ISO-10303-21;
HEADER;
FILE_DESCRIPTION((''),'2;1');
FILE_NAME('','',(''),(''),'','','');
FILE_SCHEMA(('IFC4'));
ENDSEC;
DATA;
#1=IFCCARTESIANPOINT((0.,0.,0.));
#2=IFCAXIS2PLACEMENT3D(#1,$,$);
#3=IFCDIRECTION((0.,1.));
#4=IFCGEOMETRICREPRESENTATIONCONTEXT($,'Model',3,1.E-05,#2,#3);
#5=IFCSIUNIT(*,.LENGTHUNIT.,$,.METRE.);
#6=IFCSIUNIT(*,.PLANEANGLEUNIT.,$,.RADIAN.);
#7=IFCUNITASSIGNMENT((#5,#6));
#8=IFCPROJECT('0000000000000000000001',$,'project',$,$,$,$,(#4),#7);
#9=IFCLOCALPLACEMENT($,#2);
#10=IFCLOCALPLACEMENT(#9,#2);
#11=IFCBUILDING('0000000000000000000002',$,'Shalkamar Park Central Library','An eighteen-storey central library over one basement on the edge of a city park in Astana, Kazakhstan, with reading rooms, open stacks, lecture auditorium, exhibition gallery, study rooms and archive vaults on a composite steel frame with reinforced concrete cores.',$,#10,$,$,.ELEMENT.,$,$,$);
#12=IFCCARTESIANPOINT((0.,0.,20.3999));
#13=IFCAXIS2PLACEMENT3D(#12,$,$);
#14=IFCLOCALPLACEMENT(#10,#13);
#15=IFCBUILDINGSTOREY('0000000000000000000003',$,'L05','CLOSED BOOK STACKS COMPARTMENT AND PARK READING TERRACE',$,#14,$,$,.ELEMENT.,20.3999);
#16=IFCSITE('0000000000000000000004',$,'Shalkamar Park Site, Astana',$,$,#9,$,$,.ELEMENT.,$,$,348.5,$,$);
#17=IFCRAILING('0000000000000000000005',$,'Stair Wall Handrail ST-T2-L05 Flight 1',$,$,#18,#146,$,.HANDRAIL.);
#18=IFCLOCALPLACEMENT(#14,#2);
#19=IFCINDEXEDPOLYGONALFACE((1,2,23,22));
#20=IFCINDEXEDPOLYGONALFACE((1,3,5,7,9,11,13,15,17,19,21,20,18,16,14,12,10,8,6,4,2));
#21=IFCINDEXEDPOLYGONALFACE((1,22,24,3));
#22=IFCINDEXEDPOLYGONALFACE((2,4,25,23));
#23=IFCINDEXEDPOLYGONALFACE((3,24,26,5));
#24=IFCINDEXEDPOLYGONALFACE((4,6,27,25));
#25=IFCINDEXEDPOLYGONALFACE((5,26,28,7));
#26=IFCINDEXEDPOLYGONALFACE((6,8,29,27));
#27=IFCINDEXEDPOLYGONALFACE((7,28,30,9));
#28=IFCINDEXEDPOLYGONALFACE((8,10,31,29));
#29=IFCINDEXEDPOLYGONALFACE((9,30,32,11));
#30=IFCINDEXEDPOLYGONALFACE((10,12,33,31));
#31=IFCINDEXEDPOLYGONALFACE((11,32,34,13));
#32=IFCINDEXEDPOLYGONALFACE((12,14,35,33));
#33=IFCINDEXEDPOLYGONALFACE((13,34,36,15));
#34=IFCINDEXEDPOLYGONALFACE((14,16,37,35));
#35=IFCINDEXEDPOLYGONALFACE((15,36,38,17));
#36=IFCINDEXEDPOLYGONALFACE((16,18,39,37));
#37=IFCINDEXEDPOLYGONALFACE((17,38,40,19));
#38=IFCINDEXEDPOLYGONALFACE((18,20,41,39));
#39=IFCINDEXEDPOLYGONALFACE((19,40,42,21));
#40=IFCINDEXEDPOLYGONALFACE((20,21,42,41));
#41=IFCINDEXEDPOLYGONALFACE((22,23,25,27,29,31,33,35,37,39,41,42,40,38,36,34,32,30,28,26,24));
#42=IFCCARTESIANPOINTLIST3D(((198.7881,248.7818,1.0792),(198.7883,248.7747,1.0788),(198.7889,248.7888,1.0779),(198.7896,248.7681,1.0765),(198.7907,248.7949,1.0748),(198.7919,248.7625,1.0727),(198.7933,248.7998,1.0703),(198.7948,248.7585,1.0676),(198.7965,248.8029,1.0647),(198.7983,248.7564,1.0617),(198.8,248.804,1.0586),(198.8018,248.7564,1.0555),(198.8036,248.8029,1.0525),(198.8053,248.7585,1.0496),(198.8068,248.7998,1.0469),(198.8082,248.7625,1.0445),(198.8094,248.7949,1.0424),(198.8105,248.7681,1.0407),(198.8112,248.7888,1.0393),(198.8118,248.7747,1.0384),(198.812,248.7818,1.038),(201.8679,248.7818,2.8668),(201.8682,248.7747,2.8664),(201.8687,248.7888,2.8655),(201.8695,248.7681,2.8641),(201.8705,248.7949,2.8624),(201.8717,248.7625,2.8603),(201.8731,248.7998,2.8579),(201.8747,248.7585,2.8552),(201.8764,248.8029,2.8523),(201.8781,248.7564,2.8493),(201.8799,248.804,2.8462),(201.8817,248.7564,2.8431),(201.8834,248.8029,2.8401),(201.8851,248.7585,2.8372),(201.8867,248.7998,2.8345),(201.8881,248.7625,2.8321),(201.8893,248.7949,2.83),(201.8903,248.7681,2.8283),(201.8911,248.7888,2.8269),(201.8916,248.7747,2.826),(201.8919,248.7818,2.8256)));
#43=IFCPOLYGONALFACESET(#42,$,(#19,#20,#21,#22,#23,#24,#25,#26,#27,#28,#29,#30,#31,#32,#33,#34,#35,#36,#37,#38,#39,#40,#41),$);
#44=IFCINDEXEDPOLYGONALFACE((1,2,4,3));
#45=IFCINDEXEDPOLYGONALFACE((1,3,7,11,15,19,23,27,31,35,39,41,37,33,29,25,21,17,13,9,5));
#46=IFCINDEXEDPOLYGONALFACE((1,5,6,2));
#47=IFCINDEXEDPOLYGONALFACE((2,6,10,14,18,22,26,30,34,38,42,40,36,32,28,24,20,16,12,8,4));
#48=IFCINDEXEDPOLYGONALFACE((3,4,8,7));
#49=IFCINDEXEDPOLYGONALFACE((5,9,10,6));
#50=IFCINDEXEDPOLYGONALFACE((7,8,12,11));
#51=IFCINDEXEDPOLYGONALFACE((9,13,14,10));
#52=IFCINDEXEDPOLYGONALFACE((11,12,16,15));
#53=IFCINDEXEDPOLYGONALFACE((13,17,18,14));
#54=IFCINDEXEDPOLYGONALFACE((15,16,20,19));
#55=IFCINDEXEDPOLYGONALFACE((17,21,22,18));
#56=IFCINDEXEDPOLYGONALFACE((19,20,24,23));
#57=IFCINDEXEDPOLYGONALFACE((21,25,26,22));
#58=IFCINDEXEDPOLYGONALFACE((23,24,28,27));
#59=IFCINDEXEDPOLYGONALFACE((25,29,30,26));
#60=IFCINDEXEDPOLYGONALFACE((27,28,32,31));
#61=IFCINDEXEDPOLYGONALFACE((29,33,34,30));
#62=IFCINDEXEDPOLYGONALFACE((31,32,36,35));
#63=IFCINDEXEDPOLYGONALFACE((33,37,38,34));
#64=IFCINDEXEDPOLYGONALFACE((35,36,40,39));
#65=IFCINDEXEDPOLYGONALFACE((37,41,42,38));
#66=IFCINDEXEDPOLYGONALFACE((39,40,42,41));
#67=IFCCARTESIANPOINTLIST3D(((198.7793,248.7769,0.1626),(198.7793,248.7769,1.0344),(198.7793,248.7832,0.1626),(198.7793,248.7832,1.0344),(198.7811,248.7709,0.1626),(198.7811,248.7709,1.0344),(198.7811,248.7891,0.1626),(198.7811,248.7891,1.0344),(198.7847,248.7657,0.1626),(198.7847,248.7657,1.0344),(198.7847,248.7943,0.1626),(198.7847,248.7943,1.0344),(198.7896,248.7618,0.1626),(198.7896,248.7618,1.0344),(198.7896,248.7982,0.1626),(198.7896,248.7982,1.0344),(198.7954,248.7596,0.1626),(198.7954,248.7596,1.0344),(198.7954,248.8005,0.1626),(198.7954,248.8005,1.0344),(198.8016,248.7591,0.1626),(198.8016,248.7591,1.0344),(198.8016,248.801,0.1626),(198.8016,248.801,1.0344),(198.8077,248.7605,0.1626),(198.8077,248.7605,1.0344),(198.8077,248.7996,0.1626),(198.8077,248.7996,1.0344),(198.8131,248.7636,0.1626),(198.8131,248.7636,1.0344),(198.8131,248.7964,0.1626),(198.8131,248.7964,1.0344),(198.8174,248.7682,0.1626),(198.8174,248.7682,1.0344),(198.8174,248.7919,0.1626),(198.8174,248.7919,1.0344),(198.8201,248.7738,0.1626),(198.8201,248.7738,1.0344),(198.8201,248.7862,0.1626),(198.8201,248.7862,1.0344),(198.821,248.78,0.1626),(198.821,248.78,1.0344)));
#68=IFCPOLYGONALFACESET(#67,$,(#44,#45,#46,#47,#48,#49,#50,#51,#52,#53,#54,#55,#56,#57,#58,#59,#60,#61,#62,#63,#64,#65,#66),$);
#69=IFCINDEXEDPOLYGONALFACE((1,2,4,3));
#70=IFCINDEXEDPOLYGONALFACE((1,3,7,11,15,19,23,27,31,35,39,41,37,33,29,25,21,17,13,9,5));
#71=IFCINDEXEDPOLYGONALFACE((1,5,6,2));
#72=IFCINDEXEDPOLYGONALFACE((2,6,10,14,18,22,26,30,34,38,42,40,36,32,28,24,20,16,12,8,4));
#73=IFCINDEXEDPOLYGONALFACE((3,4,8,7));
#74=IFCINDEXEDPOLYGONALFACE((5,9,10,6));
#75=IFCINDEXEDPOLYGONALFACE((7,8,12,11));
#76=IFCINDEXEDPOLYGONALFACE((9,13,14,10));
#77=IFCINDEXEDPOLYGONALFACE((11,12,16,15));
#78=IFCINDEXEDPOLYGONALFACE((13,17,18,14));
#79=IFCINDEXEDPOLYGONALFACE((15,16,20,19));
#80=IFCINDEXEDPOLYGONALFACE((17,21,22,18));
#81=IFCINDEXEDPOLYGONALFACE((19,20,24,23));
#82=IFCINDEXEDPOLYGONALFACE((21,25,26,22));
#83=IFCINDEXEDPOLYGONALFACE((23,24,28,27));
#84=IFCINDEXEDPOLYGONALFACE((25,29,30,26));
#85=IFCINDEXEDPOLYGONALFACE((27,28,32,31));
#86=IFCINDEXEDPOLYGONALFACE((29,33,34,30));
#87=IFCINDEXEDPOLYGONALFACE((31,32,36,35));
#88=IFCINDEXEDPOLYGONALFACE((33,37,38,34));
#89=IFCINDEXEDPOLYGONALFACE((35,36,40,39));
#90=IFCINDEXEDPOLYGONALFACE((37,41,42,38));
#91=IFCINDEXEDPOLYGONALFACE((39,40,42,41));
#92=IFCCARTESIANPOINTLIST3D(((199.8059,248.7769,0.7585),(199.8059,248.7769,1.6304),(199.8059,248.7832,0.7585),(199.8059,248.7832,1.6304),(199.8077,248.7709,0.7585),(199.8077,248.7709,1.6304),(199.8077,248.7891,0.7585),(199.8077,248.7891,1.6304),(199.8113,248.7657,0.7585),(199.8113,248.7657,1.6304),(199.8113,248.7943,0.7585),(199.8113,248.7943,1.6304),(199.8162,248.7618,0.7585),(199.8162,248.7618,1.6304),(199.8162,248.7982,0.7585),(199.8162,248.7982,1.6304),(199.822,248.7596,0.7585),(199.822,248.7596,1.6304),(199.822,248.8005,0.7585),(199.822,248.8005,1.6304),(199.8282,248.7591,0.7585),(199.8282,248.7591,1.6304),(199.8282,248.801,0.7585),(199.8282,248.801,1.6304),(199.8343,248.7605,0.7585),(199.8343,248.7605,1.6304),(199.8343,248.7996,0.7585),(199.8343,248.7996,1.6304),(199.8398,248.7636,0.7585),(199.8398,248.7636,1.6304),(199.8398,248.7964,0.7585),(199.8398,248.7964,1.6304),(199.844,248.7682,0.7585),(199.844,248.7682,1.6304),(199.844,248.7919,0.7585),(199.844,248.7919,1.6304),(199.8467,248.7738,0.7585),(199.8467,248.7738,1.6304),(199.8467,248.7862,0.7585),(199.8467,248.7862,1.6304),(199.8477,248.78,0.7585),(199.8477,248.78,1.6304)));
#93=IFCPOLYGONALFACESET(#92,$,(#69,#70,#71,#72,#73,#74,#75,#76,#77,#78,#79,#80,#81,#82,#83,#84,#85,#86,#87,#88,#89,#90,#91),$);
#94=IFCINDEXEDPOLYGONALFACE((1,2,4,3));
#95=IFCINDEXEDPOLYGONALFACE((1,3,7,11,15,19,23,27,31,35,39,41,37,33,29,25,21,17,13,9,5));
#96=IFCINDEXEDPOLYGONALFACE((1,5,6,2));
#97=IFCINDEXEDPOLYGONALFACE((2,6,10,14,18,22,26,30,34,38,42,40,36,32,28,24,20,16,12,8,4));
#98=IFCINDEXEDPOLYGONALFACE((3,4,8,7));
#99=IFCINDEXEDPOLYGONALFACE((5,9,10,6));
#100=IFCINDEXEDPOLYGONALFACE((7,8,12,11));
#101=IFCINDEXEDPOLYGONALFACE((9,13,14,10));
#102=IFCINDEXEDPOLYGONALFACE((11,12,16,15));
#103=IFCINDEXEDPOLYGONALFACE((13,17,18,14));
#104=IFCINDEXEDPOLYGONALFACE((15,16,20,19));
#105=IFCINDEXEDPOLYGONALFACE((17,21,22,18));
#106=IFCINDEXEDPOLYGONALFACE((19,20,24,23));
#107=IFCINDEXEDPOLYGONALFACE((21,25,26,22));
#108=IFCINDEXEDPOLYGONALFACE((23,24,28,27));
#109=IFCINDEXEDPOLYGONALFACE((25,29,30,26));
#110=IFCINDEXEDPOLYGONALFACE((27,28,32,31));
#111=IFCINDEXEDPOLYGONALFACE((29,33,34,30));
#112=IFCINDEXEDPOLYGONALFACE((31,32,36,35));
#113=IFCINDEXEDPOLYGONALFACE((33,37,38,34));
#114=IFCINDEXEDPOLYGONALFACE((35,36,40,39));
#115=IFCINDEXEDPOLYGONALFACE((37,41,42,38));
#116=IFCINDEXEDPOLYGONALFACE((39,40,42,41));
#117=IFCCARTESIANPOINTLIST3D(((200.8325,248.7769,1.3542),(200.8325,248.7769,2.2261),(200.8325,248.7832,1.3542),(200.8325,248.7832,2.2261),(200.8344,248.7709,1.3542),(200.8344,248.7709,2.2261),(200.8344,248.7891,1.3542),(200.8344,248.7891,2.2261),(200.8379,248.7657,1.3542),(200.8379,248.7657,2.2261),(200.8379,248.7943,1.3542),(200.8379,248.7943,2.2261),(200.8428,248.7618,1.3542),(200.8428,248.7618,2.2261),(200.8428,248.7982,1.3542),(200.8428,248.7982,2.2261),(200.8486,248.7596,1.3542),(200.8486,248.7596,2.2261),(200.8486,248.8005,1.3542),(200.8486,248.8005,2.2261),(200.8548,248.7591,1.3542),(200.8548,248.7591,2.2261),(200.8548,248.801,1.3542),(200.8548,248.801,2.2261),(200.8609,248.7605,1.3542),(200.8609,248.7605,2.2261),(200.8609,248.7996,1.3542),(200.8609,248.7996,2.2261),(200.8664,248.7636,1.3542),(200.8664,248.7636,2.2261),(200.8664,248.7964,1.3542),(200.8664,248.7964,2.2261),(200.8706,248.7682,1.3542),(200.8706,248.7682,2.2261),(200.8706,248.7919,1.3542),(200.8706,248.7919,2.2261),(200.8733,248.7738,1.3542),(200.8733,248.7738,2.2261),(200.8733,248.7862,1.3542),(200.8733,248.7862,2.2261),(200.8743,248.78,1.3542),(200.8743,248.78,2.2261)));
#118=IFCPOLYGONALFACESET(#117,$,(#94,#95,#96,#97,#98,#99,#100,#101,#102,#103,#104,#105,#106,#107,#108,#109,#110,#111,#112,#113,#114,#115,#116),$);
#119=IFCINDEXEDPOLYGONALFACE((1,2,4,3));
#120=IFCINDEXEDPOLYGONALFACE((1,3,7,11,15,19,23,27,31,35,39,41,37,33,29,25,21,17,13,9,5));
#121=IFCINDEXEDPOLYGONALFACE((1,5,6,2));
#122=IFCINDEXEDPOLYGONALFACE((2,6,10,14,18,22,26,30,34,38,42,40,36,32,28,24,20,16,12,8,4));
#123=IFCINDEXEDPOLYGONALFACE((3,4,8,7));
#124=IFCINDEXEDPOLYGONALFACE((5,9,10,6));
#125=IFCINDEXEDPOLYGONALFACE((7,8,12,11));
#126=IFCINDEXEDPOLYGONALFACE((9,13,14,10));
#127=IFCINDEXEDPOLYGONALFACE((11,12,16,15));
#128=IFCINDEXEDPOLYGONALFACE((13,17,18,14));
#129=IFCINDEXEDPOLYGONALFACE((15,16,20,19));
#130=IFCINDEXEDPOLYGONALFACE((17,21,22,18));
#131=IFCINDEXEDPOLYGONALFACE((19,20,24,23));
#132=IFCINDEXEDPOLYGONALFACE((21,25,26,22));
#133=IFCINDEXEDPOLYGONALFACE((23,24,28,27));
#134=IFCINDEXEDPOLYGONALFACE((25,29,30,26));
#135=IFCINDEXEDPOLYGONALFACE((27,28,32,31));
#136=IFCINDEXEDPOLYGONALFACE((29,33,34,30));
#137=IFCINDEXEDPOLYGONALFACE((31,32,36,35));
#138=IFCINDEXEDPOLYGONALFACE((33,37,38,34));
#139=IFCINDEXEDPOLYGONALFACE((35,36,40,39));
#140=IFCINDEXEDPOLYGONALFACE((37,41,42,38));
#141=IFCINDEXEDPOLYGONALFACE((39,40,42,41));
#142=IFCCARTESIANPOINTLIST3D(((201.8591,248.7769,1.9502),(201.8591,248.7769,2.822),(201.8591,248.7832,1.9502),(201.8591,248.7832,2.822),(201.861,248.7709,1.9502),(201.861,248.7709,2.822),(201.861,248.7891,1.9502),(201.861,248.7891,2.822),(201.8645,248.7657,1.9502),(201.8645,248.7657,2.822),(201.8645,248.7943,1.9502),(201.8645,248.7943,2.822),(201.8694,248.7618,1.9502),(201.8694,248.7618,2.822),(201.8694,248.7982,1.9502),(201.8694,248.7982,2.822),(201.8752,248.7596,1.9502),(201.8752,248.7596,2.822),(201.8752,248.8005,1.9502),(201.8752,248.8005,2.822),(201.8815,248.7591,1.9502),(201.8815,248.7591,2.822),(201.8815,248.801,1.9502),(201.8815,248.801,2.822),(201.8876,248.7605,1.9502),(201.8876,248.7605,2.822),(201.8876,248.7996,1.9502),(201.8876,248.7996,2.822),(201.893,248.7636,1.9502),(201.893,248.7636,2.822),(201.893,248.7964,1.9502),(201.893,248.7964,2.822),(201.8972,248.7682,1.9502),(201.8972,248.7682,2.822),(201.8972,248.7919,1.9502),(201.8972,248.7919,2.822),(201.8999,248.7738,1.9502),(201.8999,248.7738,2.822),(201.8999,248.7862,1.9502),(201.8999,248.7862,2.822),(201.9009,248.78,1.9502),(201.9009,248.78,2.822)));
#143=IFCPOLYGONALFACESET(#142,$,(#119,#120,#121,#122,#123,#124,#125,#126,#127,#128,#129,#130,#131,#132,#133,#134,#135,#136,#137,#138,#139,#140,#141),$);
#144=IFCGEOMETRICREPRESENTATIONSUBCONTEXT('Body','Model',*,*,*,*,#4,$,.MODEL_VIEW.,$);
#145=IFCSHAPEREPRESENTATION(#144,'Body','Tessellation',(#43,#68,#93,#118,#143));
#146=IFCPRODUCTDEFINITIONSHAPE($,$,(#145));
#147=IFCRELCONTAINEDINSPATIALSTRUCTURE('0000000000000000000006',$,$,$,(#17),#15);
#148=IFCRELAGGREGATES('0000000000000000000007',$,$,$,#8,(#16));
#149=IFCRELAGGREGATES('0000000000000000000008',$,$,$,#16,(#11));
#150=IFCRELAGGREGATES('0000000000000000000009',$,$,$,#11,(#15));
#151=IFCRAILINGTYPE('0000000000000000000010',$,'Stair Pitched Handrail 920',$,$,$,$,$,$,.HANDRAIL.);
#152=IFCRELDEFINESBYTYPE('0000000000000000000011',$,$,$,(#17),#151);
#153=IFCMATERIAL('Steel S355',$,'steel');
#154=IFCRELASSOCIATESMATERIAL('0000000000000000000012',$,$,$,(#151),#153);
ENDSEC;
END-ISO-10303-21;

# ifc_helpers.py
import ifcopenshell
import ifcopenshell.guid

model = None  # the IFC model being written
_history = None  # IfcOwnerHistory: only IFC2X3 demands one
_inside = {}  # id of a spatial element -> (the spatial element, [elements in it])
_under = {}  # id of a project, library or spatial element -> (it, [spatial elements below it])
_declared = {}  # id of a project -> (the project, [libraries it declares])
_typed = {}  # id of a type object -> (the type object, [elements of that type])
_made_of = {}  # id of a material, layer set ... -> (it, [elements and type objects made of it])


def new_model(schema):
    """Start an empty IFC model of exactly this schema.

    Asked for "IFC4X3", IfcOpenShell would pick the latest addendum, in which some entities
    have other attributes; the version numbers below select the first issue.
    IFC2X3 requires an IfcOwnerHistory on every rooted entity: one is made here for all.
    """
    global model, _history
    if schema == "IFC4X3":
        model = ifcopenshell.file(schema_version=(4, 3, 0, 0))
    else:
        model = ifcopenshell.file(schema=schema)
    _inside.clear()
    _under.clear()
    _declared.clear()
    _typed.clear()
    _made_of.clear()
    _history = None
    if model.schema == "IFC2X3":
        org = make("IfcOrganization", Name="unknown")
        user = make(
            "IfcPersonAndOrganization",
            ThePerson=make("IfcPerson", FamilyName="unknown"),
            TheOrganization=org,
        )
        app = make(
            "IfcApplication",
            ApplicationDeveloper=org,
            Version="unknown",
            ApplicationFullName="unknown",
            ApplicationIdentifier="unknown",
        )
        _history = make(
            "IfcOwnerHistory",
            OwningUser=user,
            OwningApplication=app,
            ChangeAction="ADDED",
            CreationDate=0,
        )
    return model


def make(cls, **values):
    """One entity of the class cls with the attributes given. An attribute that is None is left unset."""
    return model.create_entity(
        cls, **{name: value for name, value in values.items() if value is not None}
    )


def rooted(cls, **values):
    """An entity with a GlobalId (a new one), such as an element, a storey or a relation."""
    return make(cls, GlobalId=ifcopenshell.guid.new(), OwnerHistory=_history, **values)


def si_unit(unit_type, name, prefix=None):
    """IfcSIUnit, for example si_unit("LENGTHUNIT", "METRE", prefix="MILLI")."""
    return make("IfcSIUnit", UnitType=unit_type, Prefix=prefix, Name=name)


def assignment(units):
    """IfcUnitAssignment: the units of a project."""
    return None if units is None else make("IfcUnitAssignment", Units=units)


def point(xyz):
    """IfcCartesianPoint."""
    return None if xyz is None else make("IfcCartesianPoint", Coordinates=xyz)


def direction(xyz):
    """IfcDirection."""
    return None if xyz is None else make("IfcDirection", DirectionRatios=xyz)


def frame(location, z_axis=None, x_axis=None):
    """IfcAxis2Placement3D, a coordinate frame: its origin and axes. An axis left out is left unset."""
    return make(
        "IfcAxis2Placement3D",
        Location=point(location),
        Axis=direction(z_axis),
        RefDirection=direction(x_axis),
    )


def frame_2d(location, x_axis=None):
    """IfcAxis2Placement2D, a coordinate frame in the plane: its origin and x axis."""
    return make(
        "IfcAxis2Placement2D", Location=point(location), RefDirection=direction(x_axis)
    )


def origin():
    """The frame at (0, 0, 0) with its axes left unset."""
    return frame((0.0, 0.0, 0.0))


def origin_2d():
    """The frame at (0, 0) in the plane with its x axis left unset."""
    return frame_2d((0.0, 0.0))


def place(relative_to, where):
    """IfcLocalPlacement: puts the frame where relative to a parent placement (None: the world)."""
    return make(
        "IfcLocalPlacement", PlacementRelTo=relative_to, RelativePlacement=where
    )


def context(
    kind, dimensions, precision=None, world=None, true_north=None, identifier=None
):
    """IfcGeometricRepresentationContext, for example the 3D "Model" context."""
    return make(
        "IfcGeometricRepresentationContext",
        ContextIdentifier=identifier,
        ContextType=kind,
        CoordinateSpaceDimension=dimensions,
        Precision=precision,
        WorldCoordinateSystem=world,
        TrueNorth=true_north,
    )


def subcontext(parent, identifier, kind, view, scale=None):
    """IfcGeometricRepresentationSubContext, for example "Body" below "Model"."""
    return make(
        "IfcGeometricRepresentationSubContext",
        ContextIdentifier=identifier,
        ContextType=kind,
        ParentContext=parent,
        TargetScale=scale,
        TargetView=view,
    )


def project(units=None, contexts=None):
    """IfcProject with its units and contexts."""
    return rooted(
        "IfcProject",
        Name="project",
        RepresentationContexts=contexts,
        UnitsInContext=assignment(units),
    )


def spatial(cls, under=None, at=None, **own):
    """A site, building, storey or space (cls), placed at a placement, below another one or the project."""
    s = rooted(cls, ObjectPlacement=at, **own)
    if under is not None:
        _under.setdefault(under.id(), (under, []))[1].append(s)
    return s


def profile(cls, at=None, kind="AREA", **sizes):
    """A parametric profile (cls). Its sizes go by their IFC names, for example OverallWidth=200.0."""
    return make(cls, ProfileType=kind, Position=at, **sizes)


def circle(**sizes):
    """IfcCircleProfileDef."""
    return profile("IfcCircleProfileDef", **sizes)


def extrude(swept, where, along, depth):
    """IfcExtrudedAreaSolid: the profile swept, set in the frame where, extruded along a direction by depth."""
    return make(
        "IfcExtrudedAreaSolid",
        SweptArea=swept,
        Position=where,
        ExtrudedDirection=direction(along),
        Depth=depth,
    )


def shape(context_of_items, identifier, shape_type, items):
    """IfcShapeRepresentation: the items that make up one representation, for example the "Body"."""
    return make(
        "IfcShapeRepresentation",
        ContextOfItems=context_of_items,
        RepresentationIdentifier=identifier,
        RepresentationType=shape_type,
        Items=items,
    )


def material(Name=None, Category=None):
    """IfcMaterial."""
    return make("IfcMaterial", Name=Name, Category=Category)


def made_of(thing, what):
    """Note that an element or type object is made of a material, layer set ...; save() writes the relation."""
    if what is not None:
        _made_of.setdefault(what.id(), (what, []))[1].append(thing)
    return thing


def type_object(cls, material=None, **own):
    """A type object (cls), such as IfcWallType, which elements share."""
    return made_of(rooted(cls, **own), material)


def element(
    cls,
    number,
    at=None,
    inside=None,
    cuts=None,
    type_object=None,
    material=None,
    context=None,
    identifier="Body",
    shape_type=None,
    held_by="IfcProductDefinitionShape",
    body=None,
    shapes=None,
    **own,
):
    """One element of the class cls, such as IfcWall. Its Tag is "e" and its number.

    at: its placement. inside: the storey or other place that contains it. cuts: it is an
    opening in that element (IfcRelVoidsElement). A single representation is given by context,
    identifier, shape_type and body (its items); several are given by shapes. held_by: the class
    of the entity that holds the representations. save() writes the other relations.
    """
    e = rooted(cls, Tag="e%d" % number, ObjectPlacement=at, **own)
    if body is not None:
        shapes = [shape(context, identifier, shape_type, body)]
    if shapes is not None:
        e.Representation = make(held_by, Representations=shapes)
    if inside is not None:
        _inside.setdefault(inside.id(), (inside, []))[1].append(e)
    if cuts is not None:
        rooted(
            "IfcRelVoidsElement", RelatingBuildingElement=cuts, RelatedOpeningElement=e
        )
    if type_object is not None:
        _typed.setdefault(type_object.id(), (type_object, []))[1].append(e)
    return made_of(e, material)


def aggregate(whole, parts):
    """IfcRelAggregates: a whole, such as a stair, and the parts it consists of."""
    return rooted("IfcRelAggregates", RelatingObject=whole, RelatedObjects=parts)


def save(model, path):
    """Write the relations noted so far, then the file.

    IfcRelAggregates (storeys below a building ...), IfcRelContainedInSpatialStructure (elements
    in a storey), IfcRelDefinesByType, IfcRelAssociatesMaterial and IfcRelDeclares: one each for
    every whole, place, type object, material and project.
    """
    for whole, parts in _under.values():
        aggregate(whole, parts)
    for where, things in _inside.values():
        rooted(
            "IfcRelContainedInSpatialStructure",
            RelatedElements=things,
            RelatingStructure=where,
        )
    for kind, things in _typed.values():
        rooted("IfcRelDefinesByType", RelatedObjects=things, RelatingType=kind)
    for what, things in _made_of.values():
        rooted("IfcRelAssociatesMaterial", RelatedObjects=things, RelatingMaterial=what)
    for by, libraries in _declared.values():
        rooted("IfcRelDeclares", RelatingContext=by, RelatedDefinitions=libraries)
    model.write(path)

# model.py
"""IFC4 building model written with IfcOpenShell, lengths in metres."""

from ifc_helpers import new_model, si_unit, direction, frame, origin, origin_2d, place, context, subcontext, project, spatial, circle, extrude, material, type_object, element, save


model = new_model("IFC4")

# Units and contexts
model_context = context("Model", 3, precision=1e-05, world=origin(), true_north=direction((0.0, 1.0)))
body_context = subcontext(model_context, "Body", "Model", "MODEL_VIEW")
ifc_project = project(units=[si_unit("LENGTHUNIT", "METRE"), si_unit("PLANEANGLEUNIT", "RADIAN")], contexts=[model_context])

# Site, building, storey
site_placement = place(None, origin())
site = spatial("IfcSite", under=ifc_project, at=site_placement, Name="Shalkamar Park Site, Astana", CompositionType="ELEMENT", RefElevation=348.5)
building_placement = place(site_placement, origin())
building = spatial("IfcBuilding", under=site, at=building_placement, Name="Shalkamar Park Central Library", Description="An eighteen-storey central library over one basement on the edge of a city park in Astana, Kazakhstan, with reading rooms, open stacks, lecture auditorium, exhibition gallery, study rooms and archive vaults on a composite steel frame with reinforced concrete cores.", CompositionType="ELEMENT")
storey_placement = place(building_placement, frame((0.0, 0.0, 20.3999)))
storey = spatial("IfcBuildingStorey", under=building, at=storey_placement, Name="L05", Description="CLOSED BOOK STACKS COMPARTMENT AND PARK READING TERRACE", CompositionType="ELEMENT", Elevation=20.3999)

# Shared definitions
ifc_material_1 = material(Name="Steel S355", Category="steel")

# Railing
railing_type_1 = type_object("IfcRailingType", Name="Stair Pitched Handrail 920", PredefinedType="HANDRAIL", material=ifc_material_1)
railing_1_placement = place(storey_placement, frame((198.8, 248.78, 0.1626)))
element("IfcRailing", 1, at=railing_1_placement, inside=storey, type_object=railing_type_1, Name="Stair Wall Handrail ST-T2-L05 Flight 1", PredefinedType="HANDRAIL", context=body_context, shape_type="SweptSolid", body=[
    extrude(circle(Radius=0.0239, at=origin_2d()), frame((0.0, 0.0, 0.896), z_axis=(0.864873, 0.0, 0.50199), x_axis=(0.0, 1.0, 0.0)), (0.0, 0.0, 1.0), 3.561),
    extrude(circle(Radius=0.021, at=origin_2d()), origin(), (0.0, 0.0, 1.0), 0.8718),
    extrude(circle(Radius=0.021, at=origin_2d()), frame((1.0266, 0.0, 0.5959)), (0.0, 0.0, 1.0), 0.8718),
    extrude(circle(Radius=0.021, at=origin_2d()), frame((2.0532, 0.0, 1.1917)), (0.0, 0.0, 1.0), 0.8718),
    extrude(circle(Radius=0.021, at=origin_2d()), frame((3.0798, 0.0, 1.7876)), (0.0, 0.0, 1.0), 0.8718),
])

save(model, "model.ifc")
